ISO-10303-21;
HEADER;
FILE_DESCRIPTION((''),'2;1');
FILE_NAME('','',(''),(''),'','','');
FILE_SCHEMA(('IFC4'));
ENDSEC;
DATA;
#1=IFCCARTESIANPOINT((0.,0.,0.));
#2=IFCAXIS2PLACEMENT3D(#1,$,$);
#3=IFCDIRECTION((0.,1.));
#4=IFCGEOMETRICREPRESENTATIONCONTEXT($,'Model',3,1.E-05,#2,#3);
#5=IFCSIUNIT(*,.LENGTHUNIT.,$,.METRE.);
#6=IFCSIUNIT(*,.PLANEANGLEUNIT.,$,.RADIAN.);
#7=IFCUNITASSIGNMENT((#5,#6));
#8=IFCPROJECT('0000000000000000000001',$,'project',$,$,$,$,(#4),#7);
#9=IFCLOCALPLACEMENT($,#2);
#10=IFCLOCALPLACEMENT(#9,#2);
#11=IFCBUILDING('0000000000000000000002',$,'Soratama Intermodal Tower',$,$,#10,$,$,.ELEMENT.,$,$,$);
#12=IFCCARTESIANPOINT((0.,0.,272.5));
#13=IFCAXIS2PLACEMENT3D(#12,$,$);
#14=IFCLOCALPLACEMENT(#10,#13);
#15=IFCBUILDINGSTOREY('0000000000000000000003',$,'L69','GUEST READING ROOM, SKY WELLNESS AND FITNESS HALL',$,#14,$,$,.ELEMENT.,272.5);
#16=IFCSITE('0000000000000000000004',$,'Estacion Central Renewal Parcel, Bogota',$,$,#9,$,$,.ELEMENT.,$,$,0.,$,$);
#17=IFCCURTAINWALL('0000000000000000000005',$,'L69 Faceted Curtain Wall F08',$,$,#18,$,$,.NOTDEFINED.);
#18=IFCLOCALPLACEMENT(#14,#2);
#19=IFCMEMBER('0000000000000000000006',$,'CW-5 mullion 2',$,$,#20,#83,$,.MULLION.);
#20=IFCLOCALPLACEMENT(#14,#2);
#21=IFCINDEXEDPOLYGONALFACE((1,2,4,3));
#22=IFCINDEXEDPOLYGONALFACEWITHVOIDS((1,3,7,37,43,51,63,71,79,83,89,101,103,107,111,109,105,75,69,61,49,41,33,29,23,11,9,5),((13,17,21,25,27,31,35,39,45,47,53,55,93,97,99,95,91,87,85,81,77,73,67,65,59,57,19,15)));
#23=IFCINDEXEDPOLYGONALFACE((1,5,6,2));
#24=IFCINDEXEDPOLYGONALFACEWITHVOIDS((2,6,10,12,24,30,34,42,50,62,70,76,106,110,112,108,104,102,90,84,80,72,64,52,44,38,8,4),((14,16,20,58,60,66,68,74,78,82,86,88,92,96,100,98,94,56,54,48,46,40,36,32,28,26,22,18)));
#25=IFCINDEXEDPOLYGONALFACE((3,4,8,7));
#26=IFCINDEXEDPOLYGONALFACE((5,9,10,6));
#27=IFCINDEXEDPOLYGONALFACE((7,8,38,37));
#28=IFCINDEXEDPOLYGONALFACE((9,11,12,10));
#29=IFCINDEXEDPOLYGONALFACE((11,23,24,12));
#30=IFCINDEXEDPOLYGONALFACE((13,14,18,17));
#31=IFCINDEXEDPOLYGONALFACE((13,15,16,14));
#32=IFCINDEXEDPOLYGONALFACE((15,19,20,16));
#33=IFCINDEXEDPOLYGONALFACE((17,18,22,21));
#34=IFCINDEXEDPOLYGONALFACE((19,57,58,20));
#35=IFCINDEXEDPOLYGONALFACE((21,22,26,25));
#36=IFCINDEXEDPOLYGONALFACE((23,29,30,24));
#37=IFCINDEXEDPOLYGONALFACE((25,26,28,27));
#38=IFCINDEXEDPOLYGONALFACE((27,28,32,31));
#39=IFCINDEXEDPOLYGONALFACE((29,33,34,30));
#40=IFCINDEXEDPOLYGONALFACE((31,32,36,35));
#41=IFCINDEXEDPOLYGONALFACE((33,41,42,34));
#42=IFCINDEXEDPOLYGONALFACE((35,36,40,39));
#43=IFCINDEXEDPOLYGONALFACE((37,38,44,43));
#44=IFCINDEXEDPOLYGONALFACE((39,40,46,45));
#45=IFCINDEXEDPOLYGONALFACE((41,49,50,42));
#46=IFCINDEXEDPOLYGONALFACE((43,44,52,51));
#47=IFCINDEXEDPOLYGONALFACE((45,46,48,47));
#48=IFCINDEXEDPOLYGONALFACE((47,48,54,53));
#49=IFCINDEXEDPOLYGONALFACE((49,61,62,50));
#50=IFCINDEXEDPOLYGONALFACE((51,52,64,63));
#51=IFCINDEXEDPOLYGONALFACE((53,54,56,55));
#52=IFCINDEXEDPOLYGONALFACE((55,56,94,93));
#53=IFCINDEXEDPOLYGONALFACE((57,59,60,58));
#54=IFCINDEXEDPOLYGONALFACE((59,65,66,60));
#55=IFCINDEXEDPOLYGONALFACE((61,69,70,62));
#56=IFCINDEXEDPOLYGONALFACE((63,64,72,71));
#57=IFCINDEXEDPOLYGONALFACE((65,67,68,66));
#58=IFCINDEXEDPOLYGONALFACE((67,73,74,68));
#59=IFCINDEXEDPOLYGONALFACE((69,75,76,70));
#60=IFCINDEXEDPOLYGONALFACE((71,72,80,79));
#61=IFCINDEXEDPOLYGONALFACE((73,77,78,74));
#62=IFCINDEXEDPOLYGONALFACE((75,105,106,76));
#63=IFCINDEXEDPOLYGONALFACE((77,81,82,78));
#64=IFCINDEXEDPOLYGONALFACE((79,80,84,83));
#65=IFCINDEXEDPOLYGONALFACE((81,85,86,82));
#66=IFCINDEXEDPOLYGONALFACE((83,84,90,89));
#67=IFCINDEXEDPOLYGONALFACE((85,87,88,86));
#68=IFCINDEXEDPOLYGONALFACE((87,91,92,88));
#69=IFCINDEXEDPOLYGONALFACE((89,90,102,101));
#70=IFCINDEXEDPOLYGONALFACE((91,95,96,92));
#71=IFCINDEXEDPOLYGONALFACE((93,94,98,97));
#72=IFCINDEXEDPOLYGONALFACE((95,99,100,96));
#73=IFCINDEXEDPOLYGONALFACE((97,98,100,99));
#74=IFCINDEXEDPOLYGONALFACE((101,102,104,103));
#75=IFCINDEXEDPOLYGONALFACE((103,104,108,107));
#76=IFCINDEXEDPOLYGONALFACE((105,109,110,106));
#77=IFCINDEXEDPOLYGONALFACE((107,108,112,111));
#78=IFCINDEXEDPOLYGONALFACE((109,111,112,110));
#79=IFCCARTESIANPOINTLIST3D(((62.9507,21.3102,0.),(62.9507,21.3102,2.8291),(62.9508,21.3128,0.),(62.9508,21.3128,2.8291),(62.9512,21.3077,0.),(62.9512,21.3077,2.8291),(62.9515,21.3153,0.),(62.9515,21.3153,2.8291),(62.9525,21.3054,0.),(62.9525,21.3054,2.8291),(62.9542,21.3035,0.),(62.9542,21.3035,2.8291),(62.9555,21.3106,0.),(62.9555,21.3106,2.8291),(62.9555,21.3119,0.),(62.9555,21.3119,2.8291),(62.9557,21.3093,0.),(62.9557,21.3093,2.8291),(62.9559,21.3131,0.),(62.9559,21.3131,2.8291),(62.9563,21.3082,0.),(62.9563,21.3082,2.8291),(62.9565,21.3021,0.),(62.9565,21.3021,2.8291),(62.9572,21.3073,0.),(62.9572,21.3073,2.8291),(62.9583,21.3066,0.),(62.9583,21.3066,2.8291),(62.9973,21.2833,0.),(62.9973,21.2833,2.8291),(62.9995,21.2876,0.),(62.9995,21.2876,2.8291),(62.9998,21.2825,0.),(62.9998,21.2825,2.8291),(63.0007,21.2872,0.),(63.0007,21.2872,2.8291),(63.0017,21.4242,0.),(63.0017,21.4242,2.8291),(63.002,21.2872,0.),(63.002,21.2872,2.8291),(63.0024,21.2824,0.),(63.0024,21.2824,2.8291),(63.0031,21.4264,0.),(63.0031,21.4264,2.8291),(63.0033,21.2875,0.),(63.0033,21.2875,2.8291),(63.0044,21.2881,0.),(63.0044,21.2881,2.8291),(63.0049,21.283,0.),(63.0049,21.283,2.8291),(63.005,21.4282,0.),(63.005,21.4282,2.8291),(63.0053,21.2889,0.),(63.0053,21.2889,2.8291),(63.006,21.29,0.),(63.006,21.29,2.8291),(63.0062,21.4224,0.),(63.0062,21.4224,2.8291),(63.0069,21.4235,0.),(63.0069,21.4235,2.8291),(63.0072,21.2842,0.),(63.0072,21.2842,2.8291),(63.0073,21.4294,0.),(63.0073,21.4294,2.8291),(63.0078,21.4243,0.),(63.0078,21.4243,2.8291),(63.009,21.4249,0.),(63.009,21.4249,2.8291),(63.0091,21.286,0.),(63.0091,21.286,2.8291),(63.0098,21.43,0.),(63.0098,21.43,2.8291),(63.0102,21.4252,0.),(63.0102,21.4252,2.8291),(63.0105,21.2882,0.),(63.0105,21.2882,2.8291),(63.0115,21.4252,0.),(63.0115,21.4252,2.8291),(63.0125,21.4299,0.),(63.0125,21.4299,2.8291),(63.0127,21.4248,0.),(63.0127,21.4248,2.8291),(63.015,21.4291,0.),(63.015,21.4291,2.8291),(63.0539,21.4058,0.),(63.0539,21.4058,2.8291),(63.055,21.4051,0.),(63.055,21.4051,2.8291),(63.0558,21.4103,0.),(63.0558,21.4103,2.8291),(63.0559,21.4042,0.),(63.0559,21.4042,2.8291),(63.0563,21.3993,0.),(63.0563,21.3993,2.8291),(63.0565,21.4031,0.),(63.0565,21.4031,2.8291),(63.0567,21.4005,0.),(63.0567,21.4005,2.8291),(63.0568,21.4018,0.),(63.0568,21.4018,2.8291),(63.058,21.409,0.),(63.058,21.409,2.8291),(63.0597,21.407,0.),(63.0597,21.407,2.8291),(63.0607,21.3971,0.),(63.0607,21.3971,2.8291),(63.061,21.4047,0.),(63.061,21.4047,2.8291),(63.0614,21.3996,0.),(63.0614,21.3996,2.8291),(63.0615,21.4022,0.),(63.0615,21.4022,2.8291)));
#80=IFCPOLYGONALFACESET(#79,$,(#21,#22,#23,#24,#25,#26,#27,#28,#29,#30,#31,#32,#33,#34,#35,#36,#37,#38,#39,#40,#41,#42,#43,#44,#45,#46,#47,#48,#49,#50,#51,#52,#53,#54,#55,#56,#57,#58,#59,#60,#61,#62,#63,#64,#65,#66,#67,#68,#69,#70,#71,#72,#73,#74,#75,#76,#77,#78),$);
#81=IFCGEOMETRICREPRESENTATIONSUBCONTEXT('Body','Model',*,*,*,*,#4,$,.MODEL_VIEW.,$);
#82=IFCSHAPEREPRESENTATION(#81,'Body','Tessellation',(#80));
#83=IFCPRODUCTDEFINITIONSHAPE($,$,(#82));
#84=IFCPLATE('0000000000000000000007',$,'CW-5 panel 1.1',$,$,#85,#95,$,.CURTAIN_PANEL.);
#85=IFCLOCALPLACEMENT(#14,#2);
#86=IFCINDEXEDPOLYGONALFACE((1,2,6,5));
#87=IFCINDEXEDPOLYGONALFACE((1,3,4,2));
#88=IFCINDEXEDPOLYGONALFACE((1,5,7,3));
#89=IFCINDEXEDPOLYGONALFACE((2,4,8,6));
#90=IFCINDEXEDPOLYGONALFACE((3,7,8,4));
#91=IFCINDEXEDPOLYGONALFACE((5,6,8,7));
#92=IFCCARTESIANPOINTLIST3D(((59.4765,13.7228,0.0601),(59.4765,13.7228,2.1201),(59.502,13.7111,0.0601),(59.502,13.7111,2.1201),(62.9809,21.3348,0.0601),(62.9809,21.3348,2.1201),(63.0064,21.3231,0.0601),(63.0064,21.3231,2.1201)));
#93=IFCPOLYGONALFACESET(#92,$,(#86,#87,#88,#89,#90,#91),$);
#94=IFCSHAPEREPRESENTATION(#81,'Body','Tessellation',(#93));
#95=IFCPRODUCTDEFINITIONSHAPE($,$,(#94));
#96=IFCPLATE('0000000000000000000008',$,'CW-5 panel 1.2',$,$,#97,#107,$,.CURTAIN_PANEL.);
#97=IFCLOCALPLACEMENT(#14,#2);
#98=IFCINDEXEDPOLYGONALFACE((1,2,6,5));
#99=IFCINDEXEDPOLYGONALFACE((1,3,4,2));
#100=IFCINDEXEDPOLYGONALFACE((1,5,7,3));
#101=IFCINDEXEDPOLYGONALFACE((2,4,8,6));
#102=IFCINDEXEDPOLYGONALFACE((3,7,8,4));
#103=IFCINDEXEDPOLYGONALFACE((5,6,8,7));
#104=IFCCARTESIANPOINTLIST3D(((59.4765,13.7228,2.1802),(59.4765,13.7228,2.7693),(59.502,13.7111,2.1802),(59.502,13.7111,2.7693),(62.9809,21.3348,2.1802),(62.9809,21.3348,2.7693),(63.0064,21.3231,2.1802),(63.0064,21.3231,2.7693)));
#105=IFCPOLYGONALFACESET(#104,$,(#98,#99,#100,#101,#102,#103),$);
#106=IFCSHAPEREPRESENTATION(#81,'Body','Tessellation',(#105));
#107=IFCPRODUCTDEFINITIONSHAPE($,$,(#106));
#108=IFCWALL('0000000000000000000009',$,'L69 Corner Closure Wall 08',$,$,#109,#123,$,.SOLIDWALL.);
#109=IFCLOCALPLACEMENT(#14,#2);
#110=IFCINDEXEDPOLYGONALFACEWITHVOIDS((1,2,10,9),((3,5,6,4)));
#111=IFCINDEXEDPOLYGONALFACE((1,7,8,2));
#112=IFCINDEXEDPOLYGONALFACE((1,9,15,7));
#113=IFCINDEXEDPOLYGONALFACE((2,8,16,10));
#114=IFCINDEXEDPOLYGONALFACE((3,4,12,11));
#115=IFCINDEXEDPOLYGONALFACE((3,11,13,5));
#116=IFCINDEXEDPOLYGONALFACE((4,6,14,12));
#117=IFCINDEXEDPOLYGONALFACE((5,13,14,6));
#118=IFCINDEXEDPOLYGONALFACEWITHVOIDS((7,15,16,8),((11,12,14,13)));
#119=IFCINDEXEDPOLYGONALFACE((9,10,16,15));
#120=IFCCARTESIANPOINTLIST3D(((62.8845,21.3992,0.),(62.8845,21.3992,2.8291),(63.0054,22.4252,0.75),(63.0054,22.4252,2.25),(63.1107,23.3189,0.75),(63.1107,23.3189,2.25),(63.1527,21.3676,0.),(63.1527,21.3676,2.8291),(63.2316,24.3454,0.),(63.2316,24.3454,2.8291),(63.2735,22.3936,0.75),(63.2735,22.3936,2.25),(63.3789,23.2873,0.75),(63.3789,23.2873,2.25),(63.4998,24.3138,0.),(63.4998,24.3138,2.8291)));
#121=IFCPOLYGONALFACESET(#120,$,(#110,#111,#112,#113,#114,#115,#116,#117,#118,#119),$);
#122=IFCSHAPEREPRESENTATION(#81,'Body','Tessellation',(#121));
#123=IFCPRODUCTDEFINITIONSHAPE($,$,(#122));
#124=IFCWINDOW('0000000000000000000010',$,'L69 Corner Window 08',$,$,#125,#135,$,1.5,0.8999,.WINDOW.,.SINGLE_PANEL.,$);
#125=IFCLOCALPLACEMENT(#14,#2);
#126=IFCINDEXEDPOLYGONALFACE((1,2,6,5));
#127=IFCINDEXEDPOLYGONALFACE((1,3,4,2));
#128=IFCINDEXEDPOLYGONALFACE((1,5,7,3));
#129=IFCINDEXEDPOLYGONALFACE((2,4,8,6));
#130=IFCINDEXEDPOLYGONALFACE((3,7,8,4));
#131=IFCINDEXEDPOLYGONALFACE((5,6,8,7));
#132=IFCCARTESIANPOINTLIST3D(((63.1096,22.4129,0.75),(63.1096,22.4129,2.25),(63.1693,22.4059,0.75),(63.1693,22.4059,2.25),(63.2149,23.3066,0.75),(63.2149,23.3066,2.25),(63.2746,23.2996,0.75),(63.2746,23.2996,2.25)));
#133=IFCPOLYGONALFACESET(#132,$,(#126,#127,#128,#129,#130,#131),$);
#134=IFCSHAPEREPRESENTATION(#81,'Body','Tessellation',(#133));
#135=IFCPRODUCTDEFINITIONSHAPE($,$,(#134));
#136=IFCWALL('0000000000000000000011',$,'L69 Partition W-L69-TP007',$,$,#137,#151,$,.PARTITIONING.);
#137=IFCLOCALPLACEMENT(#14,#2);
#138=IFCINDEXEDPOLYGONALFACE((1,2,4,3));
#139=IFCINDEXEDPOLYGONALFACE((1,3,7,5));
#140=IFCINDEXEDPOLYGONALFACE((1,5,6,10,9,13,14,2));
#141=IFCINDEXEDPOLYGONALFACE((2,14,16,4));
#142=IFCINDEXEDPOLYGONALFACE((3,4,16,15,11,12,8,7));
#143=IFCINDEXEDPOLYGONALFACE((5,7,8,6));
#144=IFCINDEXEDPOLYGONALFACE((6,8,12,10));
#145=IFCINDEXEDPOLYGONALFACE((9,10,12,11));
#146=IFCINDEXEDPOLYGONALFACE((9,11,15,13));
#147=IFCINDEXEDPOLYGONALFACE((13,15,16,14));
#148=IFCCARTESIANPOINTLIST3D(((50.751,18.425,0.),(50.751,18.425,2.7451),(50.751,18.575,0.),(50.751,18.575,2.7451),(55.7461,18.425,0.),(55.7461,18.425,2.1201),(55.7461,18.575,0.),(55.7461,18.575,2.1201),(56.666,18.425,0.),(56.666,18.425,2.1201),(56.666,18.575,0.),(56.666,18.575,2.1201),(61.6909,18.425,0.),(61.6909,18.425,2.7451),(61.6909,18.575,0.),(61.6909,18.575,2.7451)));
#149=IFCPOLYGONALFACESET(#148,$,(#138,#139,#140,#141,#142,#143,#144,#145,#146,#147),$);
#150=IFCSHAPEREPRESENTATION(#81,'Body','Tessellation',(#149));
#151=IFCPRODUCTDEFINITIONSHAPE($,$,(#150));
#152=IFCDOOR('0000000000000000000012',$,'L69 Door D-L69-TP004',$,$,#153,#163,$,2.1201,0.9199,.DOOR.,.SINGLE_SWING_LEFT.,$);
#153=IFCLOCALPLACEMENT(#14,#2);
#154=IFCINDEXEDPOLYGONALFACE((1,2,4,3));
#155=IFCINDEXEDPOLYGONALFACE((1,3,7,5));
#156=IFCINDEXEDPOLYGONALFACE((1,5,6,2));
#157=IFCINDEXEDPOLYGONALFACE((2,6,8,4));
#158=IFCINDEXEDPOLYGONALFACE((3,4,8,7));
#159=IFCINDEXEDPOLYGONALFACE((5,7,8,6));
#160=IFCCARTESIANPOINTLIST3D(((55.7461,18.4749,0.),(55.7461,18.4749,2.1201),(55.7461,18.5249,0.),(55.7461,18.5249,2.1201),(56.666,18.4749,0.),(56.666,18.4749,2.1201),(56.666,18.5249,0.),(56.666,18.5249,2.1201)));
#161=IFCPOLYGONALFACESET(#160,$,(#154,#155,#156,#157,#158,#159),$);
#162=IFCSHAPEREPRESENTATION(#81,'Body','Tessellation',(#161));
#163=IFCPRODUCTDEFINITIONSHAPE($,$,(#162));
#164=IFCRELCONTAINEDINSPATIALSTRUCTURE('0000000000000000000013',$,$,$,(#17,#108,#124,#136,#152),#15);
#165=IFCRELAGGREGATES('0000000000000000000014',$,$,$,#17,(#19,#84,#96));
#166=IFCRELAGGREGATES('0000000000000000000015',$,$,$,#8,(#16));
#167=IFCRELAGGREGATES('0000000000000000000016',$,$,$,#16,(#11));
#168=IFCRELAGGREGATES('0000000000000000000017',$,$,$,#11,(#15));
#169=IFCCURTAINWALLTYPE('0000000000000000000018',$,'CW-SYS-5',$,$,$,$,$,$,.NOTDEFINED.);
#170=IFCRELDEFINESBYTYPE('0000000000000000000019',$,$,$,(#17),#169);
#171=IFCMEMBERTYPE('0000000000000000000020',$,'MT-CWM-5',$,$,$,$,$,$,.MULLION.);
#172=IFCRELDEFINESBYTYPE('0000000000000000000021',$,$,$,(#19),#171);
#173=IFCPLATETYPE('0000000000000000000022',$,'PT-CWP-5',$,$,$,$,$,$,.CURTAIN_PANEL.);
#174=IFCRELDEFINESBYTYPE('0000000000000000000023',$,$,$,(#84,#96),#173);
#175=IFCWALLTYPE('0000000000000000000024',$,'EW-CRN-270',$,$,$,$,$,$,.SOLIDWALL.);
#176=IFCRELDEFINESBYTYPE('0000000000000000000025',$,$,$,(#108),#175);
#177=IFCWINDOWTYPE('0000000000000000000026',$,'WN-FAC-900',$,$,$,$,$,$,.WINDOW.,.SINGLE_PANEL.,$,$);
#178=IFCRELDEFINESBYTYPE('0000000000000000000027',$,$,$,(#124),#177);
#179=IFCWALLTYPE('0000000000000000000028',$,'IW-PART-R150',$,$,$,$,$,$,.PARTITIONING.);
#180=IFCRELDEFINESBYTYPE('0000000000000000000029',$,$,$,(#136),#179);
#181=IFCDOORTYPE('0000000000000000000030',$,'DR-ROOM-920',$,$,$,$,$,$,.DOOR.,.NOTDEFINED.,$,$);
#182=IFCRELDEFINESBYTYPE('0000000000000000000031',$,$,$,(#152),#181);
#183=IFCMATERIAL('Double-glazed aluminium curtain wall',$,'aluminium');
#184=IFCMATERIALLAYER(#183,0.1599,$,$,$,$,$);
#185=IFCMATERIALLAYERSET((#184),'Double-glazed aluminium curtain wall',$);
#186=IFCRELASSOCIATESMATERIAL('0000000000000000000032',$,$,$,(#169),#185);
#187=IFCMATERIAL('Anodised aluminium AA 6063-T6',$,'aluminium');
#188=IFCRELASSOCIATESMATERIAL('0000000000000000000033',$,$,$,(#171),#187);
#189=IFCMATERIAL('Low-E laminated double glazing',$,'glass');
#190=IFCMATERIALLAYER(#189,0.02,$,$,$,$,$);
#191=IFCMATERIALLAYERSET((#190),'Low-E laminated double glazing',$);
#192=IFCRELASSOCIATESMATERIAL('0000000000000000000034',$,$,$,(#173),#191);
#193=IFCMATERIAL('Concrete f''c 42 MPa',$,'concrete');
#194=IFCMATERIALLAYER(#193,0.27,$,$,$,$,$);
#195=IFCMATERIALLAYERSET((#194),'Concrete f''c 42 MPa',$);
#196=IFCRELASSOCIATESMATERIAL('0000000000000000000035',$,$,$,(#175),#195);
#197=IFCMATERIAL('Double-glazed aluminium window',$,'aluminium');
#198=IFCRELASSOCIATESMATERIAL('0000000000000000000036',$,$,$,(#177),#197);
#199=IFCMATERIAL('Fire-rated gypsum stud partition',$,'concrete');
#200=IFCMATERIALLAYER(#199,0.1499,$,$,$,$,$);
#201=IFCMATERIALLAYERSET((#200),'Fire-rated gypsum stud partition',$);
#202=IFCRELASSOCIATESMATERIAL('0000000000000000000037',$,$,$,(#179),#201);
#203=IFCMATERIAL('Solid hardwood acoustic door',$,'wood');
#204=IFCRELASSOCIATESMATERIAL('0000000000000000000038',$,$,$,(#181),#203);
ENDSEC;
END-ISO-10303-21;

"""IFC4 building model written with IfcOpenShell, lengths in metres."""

from ifc_helpers import new_model, si_unit, direction, frame, frame_2d, origin, origin_2d, place, context, subcontext, project, spatial, rectangle, hollow_rectangle, extrude, material, layer, layer_set, material_profile, profile_set, type_object, element, fill, aggregate, save


model = new_model("IFC4")

# Units and contexts
model_context = context("Model", 3, precision=1e-05, world=origin(), true_north=direction((0.0, 1.0)))
body_context = subcontext(model_context, "Body", "Model", "MODEL_VIEW")
ifc_project = project(units=[si_unit("LENGTHUNIT", "METRE"), si_unit("PLANEANGLEUNIT", "RADIAN")], contexts=[model_context])

# Site, building, storey
site_placement = place(None, origin())
site = spatial("IfcSite", under=ifc_project, at=site_placement, Name="Estacion Central Renewal Parcel, Bogota", CompositionType="ELEMENT", RefElevation=0.0)
building_placement = place(site_placement, origin())
building = spatial("IfcBuilding", under=site, at=building_placement, Name="Soratama Intermodal Tower", CompositionType="ELEMENT")
storey_placement = place(building_placement, frame((0.0, 0.0, 272.5)))
storey = spatial("IfcBuildingStorey", under=building, at=storey_placement, Name="L69", Description="GUEST READING ROOM, SKY WELLNESS AND FITNESS HALL", CompositionType="ELEMENT", Elevation=272.5)

# Curtain wall, member, plates
ifc_material_1 = material(Name="Double-glazed aluminium curtain wall", Category="aluminium")
ifc_layer_1 = layer(ifc_material_1, 0.1599)
ifc_layer_set_1 = layer_set([ifc_layer_1], Name="Double-glazed aluminium curtain wall")
curtain_wall_type = type_object("IfcCurtainWallType", Name="CW-SYS-5", PredefinedType="NOTDEFINED", material=ifc_layer_set_1)
curtain_wall_placement = place(storey_placement, origin())
curtain_wall = element("IfcCurtainWall", 1, at=curtain_wall_placement, inside=storey, type_object=curtain_wall_type, Name="L69 Faceted Curtain Wall F08", PredefinedType="NOTDEFINED")
ifc_material_2 = material(Name="Anodised aluminium AA 6063-T6", Category="aluminium")
ifc_material_profile_1 = material_profile(ifc_material_2, hollow_rectangle(XDim=0.0649, YDim=0.1399, WallThickness=0.0049, InnerFilletRadius=0.0049, OuterFilletRadius=0.01, at=origin_2d()), Name="CWM140X65X5")
ifc_profile_set_1 = profile_set([ifc_material_profile_1], Name="Anodised aluminium AA 6063-T6")
member_type = type_object("IfcMemberType", Name="MT-CWM-5", PredefinedType="MULLION", material=ifc_profile_set_1)
member_placement = place(storey_placement, frame((63.0061, 21.3562, 0.0), z_axis=(0.0, 0.0, 1.0), x_axis=(-0.908361, 0.418186, 0.0)))
member = element("IfcMember", 2, at=member_placement, type_object=member_type, Name="CW-5 mullion 2", PredefinedType="MULLION", context=body_context, shape_type="SweptSolid", body=[
    extrude(hollow_rectangle(XDim=0.0649, YDim=0.1399, WallThickness=0.0049, InnerFilletRadius=0.0049, OuterFilletRadius=0.01, at=origin_2d()), origin(), (0.0, 0.0, 1.0), 2.8291),
])
ifc_material_3 = material(Name="Low-E laminated double glazing", Category="glass")
ifc_layer_2 = layer(ifc_material_3, 0.02)
ifc_layer_set_2 = layer_set([ifc_layer_2], Name="Low-E laminated double glazing")
plate_type = type_object("IfcPlateType", Name="PT-CWP-5", PredefinedType="CURTAIN_PANEL", material=ifc_layer_set_2)
plate_1_placement = place(storey_placement, frame((61.2415, 17.5229, 0.0601), z_axis=(0.0, 0.0, 1.0), x_axis=(0.418186, 0.908361, 0.0)))
plate_1 = element("IfcPlate", 3, at=plate_1_placement, type_object=plate_type, Name="CW-5 panel 1.1", PredefinedType="CURTAIN_PANEL", context=body_context, shape_type="SweptSolid", body=[
    extrude(rectangle(XDim=8.3799, YDim=0.0281, at=origin_2d()), origin(), (0.0, 0.0, 1.0), 2.0601),
])
plate_2_placement = place(storey_placement, frame((61.2415, 17.5229, 2.1802), z_axis=(0.0, 0.0, 1.0), x_axis=(0.418186, 0.908361, 0.0)))
plate_2 = element("IfcPlate", 4, at=plate_2_placement, type_object=plate_type, Name="CW-5 panel 1.2", PredefinedType="CURTAIN_PANEL", context=body_context, shape_type="SweptSolid", body=[
    extrude(rectangle(XDim=8.3799, YDim=0.0281, at=origin_2d()), origin(), (0.0, 0.0, 1.0), 0.5891),
])
aggregate(curtain_wall, [member, plate_1, plate_2])

# Wall, opening, window
ifc_material_4 = material(Name="Concrete f'c 42 MPa", Category="concrete")
ifc_layer_3 = layer(ifc_material_4, 0.27)
ifc_layer_set_3 = layer_set([ifc_layer_3], Name="Concrete f'c 42 MPa")
wall_type_1 = type_object("IfcWallType", Name="EW-CRN-270", PredefinedType="SOLIDWALL", material=ifc_layer_set_3)
wall_1_placement = place(storey_placement, frame((63.0186, 21.3833, 0.0), z_axis=(0.0, 0.0, 1.0), x_axis=(0.117023, 0.993129, 0.0)))
wall_1 = element("IfcWall", 5, at=wall_1_placement, inside=storey, type_object=wall_type_1, Name="L69 Corner Closure Wall 08", PredefinedType="SOLIDWALL", context=body_context, shape_type="SweptSolid", body=[
    extrude(rectangle(XDim=2.9666, YDim=0.27, at=frame_2d((1.4834, 0.0))), origin(), (0.0, 0.0, 1.0), 2.8291),
])
opening_1_placement = place(wall_1_placement, frame((1.0332, 0.0, 0.75)))
opening_1 = element("IfcOpeningElement", 6, at=opening_1_placement, cuts=wall_1, PredefinedType="OPENING", context=body_context, shape_type="SweptSolid", body=[
    extrude(rectangle(XDim=0.8999, YDim=1.5, at=frame_2d((0.45, 0.75))), frame((0.0, 0.145, 0.0), z_axis=(0.0, -1.0, 0.0), x_axis=(1.0, 0.0, 0.0)), (0.0, 0.0, 1.0), 0.29),
])
ifc_material_5 = material(Name="Double-glazed aluminium window", Category="aluminium")
window_type_1 = type_object("IfcWindowType", Name="WN-FAC-900", PartitioningType="SINGLE_PANEL", PredefinedType="WINDOW", material=ifc_material_5)
window_1_placement = place(opening_1_placement, origin())
window_1 = element("IfcWindow", 7, at=window_1_placement, inside=storey, type_object=window_type_1, Name="L69 Corner Window 08", OverallHeight=1.5, OverallWidth=0.8999, PartitioningType="SINGLE_PANEL", PredefinedType="WINDOW", context=body_context, shape_type="SweptSolid", body=[
    extrude(rectangle(XDim=0.8999, YDim=1.5, at=frame_2d((0.45, 0.75))), frame((0.0, 0.03, 0.0), z_axis=(0.0, -1.0, 0.0), x_axis=(1.0, 0.0, 0.0)), (0.0, 0.0, 1.0), 0.0601),
])
fill(opening_1, window_1)

# Wall, opening, door
ifc_material_6 = material(Name="Fire-rated gypsum stud partition", Category="concrete")
ifc_layer_4 = layer(ifc_material_6, 0.1499)
ifc_layer_set_4 = layer_set([ifc_layer_4], Name="Fire-rated gypsum stud partition")
wall_type_2 = type_object("IfcWallType", Name="IW-PART-R150", PredefinedType="PARTITIONING", material=ifc_layer_set_4)
wall_2_placement = place(storey_placement, frame((50.751, 18.5, 0.0), z_axis=(0.0, 0.0, 1.0), x_axis=(1.0, 0.0, 0.0)))
wall_2 = element("IfcWall", 8, at=wall_2_placement, inside=storey, type_object=wall_type_2, Name="L69 Partition W-L69-TP007", PredefinedType="PARTITIONING", context=body_context, shape_type="SweptSolid", body=[
    extrude(rectangle(XDim=10.9399, YDim=0.1499, at=frame_2d((5.47, 0.0))), origin(), (0.0, 0.0, 1.0), 2.7451),
])
opening_2_placement = place(wall_2_placement, frame((4.9951, 0.0, 0.0)))
opening_2 = element("IfcOpeningElement", 9, at=opening_2_placement, cuts=wall_2, PredefinedType="OPENING", context=body_context, shape_type="SweptSolid", body=[
    extrude(rectangle(XDim=0.9199, YDim=2.1201, at=frame_2d((0.46, 1.0601))), frame((0.0, 0.085, 0.0), z_axis=(0.0, -1.0, 0.0), x_axis=(1.0, 0.0, 0.0)), (0.0, 0.0, 1.0), 0.1699),
])
ifc_material_7 = material(Name="Solid hardwood acoustic door", Category="wood")
door_type_1 = type_object("IfcDoorType", Name="DR-ROOM-920", OperationType="NOTDEFINED", PredefinedType="DOOR", material=ifc_material_7)
door_1_placement = place(opening_2_placement, origin())
door_1 = element("IfcDoor", 10, at=door_1_placement, inside=storey, type_object=door_type_1, Name="L69 Door D-L69-TP004", OperationType="SINGLE_SWING_LEFT", OverallHeight=2.1201, OverallWidth=0.9199, PredefinedType="DOOR", context=body_context, shape_type="SweptSolid", body=[
    extrude(rectangle(XDim=0.9199, YDim=2.1201, at=frame_2d((0.46, 1.0601))), frame((0.0, 0.0249, 0.0), z_axis=(0.0, -1.0, 0.0), x_axis=(1.0, 0.0, 0.0)), (0.0, 0.0, 1.0), 0.05),
])
fill(opening_2, door_1)

save(model, "model.ifc")
